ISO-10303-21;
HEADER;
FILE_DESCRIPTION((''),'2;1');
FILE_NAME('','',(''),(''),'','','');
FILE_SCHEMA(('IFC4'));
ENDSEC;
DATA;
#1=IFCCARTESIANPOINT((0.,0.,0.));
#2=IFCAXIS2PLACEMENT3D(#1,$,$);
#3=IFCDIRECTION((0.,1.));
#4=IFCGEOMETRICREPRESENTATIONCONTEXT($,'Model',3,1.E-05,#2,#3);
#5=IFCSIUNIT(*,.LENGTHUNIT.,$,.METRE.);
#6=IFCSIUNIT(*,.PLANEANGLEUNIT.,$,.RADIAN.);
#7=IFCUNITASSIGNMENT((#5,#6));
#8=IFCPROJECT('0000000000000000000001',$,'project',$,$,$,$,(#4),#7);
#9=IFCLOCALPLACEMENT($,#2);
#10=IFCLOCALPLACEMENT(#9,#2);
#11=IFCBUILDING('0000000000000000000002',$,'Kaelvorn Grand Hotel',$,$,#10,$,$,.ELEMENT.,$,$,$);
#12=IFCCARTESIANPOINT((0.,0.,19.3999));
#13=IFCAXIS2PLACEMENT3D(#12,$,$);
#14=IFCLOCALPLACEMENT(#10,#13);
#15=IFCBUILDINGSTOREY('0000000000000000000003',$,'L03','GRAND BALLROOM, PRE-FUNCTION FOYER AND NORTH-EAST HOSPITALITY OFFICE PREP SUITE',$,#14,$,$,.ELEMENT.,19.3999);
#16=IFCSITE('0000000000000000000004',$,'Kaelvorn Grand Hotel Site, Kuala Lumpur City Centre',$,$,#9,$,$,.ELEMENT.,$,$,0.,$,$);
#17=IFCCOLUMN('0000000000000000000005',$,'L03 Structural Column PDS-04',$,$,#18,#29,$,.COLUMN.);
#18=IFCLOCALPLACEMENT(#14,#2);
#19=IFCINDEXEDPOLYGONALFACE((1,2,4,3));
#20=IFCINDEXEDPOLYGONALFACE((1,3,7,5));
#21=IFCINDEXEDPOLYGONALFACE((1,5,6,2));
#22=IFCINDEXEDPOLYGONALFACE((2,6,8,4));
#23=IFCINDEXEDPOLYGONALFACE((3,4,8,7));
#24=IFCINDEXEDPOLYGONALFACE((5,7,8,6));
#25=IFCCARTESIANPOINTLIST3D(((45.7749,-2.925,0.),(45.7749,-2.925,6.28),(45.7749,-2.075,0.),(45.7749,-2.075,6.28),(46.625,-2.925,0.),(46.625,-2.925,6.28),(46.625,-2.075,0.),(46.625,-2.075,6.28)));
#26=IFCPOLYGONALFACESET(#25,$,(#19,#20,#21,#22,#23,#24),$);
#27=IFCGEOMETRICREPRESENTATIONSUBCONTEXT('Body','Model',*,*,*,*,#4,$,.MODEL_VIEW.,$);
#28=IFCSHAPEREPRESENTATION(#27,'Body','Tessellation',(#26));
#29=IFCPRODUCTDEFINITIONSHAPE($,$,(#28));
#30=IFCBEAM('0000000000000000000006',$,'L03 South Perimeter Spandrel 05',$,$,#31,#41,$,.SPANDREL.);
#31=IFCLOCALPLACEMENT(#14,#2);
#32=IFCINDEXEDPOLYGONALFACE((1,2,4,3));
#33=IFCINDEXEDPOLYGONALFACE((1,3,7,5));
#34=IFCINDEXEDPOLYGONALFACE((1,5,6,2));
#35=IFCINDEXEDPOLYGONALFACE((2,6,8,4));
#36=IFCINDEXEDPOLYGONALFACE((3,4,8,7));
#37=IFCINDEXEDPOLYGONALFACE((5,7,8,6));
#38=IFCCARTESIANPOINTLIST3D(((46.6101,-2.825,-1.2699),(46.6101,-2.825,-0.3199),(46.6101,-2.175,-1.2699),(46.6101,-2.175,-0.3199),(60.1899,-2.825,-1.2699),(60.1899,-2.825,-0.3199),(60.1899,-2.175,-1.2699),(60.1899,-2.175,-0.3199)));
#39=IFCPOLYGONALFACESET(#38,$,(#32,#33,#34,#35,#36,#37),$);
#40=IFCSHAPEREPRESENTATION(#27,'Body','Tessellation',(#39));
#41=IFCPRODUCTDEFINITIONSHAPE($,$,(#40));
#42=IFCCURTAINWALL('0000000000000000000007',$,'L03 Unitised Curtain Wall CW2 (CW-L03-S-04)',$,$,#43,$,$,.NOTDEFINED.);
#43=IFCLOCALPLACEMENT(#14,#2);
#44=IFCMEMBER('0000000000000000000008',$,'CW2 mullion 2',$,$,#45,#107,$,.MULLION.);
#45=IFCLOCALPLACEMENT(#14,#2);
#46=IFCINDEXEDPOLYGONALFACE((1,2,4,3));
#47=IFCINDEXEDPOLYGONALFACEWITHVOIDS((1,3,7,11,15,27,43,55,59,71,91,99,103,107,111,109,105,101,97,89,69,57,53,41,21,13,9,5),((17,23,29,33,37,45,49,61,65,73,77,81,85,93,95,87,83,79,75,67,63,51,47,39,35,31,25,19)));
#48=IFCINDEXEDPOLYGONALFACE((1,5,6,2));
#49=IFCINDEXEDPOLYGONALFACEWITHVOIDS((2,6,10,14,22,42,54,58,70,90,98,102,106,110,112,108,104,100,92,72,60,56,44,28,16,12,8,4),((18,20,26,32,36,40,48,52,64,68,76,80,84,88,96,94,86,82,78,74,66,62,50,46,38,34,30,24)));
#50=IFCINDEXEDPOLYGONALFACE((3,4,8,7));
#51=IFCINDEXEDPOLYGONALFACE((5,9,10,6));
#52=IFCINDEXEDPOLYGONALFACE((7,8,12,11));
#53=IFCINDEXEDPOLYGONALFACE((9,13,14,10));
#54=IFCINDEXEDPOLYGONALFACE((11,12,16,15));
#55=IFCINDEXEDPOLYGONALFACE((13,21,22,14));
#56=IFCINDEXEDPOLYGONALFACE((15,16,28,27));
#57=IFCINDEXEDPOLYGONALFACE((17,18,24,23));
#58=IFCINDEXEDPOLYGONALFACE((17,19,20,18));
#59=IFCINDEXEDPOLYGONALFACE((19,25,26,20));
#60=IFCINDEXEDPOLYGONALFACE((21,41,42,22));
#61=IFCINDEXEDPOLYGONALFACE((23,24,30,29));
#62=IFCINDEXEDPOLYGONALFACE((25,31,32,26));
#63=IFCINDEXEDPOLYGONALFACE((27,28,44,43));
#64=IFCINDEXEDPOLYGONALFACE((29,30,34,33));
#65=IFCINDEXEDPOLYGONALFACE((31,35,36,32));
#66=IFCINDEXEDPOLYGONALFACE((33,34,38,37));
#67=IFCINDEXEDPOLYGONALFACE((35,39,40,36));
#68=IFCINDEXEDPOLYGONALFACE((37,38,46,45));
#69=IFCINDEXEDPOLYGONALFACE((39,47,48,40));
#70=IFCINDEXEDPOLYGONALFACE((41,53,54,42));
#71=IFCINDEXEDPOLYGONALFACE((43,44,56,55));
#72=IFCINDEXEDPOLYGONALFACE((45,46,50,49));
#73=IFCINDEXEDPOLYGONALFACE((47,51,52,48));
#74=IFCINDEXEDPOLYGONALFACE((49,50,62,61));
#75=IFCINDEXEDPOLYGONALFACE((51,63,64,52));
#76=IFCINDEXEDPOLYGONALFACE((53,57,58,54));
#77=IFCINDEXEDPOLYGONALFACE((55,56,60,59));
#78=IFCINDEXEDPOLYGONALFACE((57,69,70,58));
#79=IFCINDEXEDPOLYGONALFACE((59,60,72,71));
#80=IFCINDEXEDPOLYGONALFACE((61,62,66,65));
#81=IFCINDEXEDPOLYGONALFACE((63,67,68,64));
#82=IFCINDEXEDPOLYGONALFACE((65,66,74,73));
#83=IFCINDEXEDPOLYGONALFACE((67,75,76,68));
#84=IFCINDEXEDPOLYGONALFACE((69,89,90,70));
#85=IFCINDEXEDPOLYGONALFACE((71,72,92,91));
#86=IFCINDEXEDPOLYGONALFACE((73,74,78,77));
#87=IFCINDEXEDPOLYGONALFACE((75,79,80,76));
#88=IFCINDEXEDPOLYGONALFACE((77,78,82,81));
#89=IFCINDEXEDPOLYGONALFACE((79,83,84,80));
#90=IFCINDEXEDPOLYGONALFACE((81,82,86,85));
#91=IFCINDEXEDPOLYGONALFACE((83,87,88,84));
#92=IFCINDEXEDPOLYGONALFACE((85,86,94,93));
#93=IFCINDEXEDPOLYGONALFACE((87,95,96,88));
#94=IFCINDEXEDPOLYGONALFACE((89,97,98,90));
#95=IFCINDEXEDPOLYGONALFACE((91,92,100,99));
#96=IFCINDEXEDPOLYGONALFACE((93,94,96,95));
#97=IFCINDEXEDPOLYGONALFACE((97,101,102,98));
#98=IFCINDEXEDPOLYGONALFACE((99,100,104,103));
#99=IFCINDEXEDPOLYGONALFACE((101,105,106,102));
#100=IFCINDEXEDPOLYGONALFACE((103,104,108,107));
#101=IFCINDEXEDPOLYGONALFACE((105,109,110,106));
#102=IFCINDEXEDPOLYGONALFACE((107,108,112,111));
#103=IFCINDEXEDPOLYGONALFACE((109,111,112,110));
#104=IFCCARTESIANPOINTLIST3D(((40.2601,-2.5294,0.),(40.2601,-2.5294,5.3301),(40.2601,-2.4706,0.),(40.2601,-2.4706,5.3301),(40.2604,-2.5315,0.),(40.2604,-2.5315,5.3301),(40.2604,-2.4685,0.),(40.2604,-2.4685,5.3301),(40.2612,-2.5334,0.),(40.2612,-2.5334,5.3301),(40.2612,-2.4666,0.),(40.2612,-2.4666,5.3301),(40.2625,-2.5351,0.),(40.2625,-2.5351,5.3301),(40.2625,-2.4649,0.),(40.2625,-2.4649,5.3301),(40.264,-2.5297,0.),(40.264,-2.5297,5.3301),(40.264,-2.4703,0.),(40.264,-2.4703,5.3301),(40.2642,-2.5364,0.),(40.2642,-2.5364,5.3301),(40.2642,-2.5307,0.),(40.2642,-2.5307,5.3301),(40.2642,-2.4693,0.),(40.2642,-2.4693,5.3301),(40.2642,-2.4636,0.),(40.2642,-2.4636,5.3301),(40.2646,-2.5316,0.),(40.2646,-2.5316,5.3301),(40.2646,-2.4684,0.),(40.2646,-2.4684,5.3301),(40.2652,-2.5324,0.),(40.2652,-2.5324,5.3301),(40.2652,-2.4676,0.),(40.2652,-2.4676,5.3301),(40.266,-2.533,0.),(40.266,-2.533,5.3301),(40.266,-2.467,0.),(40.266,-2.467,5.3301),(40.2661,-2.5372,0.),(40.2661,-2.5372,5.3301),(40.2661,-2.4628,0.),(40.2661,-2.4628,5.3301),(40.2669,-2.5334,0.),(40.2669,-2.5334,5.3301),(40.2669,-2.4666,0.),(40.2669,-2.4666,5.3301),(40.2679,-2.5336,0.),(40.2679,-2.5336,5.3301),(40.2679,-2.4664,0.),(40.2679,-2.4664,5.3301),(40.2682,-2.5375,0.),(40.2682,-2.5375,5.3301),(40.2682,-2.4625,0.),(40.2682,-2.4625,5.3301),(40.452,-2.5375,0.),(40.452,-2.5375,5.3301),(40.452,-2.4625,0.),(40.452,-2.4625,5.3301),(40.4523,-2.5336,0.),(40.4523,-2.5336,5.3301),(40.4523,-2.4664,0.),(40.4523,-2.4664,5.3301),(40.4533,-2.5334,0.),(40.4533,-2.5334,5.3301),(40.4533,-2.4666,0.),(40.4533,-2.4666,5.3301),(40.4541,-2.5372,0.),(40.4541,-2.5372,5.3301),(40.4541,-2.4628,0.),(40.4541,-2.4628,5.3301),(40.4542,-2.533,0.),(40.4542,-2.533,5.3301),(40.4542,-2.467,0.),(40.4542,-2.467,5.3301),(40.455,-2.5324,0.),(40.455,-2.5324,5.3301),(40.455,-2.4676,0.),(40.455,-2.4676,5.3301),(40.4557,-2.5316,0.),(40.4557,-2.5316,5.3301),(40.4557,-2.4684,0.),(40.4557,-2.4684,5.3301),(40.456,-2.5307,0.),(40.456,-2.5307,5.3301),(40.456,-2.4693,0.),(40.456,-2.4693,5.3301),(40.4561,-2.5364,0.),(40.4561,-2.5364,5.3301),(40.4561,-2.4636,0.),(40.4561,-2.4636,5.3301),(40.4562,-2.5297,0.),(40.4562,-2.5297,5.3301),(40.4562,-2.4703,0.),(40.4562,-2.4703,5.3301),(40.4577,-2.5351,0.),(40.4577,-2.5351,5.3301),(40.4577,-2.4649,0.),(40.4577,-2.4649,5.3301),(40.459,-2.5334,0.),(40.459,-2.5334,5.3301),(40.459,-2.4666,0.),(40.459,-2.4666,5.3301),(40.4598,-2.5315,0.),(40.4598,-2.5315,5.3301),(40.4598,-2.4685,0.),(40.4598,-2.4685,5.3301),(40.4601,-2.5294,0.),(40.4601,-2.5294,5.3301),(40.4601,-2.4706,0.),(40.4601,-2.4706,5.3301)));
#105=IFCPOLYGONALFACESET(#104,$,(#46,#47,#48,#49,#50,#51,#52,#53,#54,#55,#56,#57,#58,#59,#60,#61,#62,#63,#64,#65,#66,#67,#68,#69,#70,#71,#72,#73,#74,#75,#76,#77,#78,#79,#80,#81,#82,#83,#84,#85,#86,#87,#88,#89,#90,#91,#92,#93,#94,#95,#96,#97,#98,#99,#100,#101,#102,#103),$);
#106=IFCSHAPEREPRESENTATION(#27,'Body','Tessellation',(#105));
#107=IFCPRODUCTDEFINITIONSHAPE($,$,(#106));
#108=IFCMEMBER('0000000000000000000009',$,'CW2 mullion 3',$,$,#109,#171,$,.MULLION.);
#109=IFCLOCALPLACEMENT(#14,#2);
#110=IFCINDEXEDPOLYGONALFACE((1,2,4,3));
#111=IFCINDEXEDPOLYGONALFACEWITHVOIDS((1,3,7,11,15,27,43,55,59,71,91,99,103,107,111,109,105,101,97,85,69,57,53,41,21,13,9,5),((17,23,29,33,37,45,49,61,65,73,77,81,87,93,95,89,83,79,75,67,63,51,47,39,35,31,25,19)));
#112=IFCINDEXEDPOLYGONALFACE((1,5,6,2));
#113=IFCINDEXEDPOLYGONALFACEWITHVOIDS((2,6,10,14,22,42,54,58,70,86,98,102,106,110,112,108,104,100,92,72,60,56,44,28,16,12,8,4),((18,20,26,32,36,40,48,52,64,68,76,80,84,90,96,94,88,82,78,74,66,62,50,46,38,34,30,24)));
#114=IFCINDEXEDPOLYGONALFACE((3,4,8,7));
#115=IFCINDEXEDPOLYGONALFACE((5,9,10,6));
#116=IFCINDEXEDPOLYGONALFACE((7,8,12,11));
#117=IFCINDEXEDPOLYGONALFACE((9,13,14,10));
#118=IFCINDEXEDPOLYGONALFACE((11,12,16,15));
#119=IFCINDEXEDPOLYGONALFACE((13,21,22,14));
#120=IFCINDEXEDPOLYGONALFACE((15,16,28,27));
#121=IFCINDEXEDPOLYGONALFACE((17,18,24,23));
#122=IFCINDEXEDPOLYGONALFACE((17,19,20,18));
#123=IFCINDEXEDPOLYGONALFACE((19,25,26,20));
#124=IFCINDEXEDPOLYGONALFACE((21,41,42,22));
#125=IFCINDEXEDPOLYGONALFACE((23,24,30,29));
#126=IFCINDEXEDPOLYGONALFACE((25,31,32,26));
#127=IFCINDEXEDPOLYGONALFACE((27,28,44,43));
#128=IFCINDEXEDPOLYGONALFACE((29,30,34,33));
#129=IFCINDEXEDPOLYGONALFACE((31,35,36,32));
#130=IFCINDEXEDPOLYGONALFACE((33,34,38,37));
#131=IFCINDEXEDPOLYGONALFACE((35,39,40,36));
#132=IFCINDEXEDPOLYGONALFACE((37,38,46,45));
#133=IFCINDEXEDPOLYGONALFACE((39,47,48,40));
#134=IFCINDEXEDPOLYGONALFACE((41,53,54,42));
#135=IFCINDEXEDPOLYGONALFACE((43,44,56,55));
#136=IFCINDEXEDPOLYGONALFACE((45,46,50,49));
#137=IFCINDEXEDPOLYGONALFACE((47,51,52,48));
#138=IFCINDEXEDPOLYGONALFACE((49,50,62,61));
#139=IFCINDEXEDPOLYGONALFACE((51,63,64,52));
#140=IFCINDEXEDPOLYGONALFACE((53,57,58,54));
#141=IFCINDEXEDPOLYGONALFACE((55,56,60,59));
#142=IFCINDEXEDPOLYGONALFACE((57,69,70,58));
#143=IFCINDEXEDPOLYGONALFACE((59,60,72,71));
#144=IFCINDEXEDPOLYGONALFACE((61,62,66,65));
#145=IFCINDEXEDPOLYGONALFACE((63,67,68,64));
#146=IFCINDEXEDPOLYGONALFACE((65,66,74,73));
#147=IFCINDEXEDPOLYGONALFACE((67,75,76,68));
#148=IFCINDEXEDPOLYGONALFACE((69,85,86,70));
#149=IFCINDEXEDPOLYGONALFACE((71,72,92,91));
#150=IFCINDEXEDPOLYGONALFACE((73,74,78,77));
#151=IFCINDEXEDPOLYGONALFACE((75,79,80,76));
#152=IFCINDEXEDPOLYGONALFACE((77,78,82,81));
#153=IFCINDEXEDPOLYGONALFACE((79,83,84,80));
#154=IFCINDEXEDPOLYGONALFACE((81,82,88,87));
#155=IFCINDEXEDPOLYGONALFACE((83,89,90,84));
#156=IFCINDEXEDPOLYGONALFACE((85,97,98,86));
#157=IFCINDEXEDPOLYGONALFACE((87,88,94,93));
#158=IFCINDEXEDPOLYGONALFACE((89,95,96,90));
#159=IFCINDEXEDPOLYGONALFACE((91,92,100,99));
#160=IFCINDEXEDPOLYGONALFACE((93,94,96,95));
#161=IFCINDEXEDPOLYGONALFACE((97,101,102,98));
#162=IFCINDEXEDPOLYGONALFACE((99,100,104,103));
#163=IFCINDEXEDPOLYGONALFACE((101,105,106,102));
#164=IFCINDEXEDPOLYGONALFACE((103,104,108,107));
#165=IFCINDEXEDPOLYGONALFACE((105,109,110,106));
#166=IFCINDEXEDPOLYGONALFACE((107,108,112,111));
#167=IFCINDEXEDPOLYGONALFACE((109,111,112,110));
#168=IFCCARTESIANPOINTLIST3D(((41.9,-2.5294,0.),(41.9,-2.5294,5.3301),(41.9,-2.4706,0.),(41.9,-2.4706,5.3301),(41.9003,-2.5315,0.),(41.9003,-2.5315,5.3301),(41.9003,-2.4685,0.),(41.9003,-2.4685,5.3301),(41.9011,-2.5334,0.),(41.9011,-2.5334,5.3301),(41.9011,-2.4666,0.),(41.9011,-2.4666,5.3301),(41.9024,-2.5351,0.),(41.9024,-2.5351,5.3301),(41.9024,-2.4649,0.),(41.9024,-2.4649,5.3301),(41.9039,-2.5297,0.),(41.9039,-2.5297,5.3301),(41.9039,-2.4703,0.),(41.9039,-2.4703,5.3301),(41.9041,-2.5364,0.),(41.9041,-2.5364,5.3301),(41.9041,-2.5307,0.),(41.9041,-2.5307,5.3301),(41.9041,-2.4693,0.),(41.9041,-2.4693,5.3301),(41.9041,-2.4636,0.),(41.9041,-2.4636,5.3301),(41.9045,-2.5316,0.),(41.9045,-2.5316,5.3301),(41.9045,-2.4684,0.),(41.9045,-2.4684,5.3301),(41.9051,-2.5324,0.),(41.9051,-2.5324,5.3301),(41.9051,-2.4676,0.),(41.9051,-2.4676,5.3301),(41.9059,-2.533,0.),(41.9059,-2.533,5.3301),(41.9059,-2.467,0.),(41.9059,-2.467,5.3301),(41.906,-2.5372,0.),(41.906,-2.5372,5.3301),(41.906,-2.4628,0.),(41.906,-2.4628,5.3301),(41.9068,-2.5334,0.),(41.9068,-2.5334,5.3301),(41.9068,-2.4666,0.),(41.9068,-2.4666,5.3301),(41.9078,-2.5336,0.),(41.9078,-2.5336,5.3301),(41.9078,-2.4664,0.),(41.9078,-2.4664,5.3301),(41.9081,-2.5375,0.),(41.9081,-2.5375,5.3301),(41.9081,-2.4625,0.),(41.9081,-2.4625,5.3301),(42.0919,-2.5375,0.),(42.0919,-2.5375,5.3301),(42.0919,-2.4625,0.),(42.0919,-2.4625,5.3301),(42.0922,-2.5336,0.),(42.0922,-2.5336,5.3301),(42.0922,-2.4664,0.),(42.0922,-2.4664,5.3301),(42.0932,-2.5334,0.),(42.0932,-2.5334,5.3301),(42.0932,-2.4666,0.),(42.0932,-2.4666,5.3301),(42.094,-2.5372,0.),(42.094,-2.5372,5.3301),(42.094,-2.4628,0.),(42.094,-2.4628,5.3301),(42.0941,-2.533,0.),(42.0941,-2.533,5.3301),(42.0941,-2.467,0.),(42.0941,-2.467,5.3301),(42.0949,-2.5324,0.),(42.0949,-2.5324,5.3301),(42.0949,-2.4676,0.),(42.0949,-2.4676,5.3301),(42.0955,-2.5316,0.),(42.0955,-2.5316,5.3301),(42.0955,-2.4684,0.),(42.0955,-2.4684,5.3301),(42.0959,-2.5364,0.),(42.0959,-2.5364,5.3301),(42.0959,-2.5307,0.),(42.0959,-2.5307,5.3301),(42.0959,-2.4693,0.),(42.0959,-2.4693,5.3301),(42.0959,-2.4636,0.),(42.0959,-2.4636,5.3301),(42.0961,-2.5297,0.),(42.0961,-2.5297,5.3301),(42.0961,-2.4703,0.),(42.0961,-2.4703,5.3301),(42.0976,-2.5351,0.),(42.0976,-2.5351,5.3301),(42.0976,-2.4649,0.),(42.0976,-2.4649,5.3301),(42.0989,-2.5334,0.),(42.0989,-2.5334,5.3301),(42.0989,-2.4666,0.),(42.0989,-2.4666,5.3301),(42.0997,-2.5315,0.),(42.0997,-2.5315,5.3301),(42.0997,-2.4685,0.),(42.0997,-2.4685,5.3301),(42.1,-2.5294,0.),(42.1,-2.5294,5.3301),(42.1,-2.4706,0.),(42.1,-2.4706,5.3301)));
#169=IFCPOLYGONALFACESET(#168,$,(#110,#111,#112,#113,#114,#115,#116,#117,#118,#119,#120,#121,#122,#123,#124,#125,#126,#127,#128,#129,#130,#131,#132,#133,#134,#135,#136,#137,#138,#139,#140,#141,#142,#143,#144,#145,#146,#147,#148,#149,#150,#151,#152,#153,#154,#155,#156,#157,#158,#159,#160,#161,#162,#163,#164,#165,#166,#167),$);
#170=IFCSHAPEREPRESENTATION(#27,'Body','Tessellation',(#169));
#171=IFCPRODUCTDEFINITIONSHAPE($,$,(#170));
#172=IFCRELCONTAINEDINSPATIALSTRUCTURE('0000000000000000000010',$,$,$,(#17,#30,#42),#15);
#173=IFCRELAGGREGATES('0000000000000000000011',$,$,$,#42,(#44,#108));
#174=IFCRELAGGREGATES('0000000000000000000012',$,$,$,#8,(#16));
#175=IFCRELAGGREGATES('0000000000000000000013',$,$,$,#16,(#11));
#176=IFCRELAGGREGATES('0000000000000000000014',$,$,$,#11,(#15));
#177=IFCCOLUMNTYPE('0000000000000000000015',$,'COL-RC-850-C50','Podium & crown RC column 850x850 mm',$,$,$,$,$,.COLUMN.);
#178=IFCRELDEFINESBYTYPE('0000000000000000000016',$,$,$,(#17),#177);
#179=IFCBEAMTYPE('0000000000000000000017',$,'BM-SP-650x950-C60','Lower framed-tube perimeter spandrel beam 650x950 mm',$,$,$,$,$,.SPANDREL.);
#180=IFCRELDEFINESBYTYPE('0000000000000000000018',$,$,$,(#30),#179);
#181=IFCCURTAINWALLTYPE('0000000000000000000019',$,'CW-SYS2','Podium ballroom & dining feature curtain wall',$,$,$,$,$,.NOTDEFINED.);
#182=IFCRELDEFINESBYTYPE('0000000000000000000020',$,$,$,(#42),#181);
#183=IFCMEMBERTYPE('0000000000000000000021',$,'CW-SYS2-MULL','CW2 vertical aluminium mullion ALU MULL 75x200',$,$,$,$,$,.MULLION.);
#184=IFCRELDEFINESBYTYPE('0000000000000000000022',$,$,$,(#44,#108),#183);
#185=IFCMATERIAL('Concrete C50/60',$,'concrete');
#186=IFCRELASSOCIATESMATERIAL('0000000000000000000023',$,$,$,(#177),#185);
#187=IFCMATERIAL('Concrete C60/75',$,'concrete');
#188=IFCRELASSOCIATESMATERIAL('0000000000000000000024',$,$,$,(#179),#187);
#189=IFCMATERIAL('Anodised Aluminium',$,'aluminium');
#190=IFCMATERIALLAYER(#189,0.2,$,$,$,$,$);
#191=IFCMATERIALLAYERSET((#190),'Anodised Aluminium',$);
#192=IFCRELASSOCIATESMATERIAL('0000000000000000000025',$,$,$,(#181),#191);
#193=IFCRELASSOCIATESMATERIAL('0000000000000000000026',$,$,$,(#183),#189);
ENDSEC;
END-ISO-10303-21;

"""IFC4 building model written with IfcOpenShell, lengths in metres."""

from ifc_helpers import new_model, si_unit, direction, frame, origin, origin_2d, place, context, subcontext, project, spatial, rectangle, hollow_rectangle, extrude, material, layer, layer_set, material_profile, profile_set, type_object, element, aggregate, save


model = new_model("IFC4")

# Units and contexts
model_context = context("Model", 3, precision=1e-05, world=origin(), true_north=direction((0.0, 1.0)))
body_context = subcontext(model_context, "Body", "Model", "MODEL_VIEW")
ifc_project = project(units=[si_unit("LENGTHUNIT", "METRE"), si_unit("PLANEANGLEUNIT", "RADIAN")], contexts=[model_context])

# Site, building, storey
site_placement = place(None, origin())
site = spatial("IfcSite", under=ifc_project, at=site_placement, Name="Kaelvorn Grand Hotel Site, Kuala Lumpur City Centre", CompositionType="ELEMENT", RefElevation=0.0)
building_placement = place(site_placement, origin())
building = spatial("IfcBuilding", under=site, at=building_placement, Name="Kaelvorn Grand Hotel", CompositionType="ELEMENT")
storey_placement = place(building_placement, frame((0.0, 0.0, 19.3999)))
storey = spatial("IfcBuildingStorey", under=building, at=storey_placement, Name="L03", Description="GRAND BALLROOM, PRE-FUNCTION FOYER AND NORTH-EAST HOSPITALITY OFFICE PREP SUITE", CompositionType="ELEMENT", Elevation=19.3999)

# Column
ifc_material_1 = material(Name="Concrete C50/60", Category="concrete")
ifc_material_profile_1 = material_profile(ifc_material_1, rectangle(XDim=0.8501, YDim=0.8501, at=origin_2d()), Name="RC COL 850x850")
ifc_profile_set_1 = profile_set([ifc_material_profile_1], Name="Concrete C50/60")
column_type = type_object("IfcColumnType", Name="COL-RC-850-C50", Description="Podium & crown RC column 850x850 mm", PredefinedType="COLUMN", material=ifc_profile_set_1)
column_placement = place(storey_placement, frame((46.2, -2.5, 0.0), z_axis=(0.0, 0.0, 1.0), x_axis=(1.0, 0.0, 0.0)))
element("IfcColumn", 1, at=column_placement, inside=storey, type_object=column_type, Name="L03 Structural Column PDS-04", PredefinedType="COLUMN", context=body_context, shape_type="SweptSolid", body=[
    extrude(rectangle(XDim=0.8501, YDim=0.8501, at=origin_2d()), origin(), (0.0, 0.0, 1.0), 6.28),
])

# Beam
ifc_material_2 = material(Name="Concrete C60/75", Category="concrete")
ifc_material_profile_2 = material_profile(ifc_material_2, rectangle(XDim=0.6499, YDim=0.95, at=origin_2d()), Name="RC SPANDREL 650x950")
ifc_profile_set_2 = profile_set([ifc_material_profile_2], Name="Concrete C60/75")
beam_type = type_object("IfcBeamType", Name="BM-SP-650x950-C60", Description="Lower framed-tube perimeter spandrel beam 650x950 mm", PredefinedType="SPANDREL", material=ifc_profile_set_2)
beam_placement = place(storey_placement, frame((46.6101, -2.5, -0.7949), z_axis=(1.0, 0.0, 0.0), x_axis=(0.0, 1.0, 0.0)))
element("IfcBeam", 2, at=beam_placement, inside=storey, type_object=beam_type, Name="L03 South Perimeter Spandrel 05", PredefinedType="SPANDREL", context=body_context, shape_type="SweptSolid", body=[
    extrude(rectangle(XDim=0.6499, YDim=0.95, at=origin_2d()), origin(), (0.0, 0.0, 1.0), 13.5798),
])

# Curtain wall, members
ifc_material_3 = material(Name="Anodised Aluminium", Category="aluminium")
ifc_layer_1 = layer(ifc_material_3, 0.2)
ifc_layer_set_1 = layer_set([ifc_layer_1], Name="Anodised Aluminium")
curtain_wall_type = type_object("IfcCurtainWallType", Name="CW-SYS2", Description="Podium ballroom & dining feature curtain wall", PredefinedType="NOTDEFINED", material=ifc_layer_set_1)
curtain_wall_1_placement = place(storey_placement, origin())
curtain_wall_1 = element("IfcCurtainWall", 3, at=curtain_wall_1_placement, inside=storey, type_object=curtain_wall_type, Name="L03 Unitised Curtain Wall CW2 (CW-L03-S-04)", PredefinedType="NOTDEFINED")
ifc_material_profile_3 = material_profile(ifc_material_3, hollow_rectangle(XDim=0.075, YDim=0.2, WallThickness=0.0039, InnerFilletRadius=0.0039, OuterFilletRadius=0.0081, at=origin_2d()), Name="ALU MULL 75x200")
ifc_profile_set_3 = profile_set([ifc_material_profile_3], Name="Anodised Aluminium")
member_type_1 = type_object("IfcMemberType", Name="CW-SYS2-MULL", Description="CW2 vertical aluminium mullion ALU MULL 75x200", PredefinedType="MULLION", material=ifc_profile_set_3)
member_1_placement = place(storey_placement, frame((40.3601, -2.5, 0.0), z_axis=(0.0, 0.0, 1.0), x_axis=(0.0, 1.0, 0.0)))
member_1 = element("IfcMember", 4, at=member_1_placement, type_object=member_type_1, Name="CW2 mullion 2", PredefinedType="MULLION", context=body_context, shape_type="SweptSolid", body=[
    extrude(hollow_rectangle(XDim=0.075, YDim=0.2, WallThickness=0.0039, InnerFilletRadius=0.0039, OuterFilletRadius=0.0081, at=origin_2d()), origin(), (0.0, 0.0, 1.0), 5.3301),
])
member_2_placement = place(storey_placement, frame((42.0, -2.5, 0.0), z_axis=(0.0, 0.0, 1.0), x_axis=(0.0, 1.0, 0.0)))
member_2 = element("IfcMember", 5, at=member_2_placement, type_object=member_type_1, Name="CW2 mullion 3", PredefinedType="MULLION", context=body_context, shape_type="SweptSolid", body=[
    extrude(hollow_rectangle(XDim=0.075, YDim=0.2, WallThickness=0.0039, InnerFilletRadius=0.0039, OuterFilletRadius=0.0081, at=origin_2d()), origin(), (0.0, 0.0, 1.0), 5.3301),
])

aggregate(curtain_wall_1, [member_1, member_2])

save(model, "model.ifc")
